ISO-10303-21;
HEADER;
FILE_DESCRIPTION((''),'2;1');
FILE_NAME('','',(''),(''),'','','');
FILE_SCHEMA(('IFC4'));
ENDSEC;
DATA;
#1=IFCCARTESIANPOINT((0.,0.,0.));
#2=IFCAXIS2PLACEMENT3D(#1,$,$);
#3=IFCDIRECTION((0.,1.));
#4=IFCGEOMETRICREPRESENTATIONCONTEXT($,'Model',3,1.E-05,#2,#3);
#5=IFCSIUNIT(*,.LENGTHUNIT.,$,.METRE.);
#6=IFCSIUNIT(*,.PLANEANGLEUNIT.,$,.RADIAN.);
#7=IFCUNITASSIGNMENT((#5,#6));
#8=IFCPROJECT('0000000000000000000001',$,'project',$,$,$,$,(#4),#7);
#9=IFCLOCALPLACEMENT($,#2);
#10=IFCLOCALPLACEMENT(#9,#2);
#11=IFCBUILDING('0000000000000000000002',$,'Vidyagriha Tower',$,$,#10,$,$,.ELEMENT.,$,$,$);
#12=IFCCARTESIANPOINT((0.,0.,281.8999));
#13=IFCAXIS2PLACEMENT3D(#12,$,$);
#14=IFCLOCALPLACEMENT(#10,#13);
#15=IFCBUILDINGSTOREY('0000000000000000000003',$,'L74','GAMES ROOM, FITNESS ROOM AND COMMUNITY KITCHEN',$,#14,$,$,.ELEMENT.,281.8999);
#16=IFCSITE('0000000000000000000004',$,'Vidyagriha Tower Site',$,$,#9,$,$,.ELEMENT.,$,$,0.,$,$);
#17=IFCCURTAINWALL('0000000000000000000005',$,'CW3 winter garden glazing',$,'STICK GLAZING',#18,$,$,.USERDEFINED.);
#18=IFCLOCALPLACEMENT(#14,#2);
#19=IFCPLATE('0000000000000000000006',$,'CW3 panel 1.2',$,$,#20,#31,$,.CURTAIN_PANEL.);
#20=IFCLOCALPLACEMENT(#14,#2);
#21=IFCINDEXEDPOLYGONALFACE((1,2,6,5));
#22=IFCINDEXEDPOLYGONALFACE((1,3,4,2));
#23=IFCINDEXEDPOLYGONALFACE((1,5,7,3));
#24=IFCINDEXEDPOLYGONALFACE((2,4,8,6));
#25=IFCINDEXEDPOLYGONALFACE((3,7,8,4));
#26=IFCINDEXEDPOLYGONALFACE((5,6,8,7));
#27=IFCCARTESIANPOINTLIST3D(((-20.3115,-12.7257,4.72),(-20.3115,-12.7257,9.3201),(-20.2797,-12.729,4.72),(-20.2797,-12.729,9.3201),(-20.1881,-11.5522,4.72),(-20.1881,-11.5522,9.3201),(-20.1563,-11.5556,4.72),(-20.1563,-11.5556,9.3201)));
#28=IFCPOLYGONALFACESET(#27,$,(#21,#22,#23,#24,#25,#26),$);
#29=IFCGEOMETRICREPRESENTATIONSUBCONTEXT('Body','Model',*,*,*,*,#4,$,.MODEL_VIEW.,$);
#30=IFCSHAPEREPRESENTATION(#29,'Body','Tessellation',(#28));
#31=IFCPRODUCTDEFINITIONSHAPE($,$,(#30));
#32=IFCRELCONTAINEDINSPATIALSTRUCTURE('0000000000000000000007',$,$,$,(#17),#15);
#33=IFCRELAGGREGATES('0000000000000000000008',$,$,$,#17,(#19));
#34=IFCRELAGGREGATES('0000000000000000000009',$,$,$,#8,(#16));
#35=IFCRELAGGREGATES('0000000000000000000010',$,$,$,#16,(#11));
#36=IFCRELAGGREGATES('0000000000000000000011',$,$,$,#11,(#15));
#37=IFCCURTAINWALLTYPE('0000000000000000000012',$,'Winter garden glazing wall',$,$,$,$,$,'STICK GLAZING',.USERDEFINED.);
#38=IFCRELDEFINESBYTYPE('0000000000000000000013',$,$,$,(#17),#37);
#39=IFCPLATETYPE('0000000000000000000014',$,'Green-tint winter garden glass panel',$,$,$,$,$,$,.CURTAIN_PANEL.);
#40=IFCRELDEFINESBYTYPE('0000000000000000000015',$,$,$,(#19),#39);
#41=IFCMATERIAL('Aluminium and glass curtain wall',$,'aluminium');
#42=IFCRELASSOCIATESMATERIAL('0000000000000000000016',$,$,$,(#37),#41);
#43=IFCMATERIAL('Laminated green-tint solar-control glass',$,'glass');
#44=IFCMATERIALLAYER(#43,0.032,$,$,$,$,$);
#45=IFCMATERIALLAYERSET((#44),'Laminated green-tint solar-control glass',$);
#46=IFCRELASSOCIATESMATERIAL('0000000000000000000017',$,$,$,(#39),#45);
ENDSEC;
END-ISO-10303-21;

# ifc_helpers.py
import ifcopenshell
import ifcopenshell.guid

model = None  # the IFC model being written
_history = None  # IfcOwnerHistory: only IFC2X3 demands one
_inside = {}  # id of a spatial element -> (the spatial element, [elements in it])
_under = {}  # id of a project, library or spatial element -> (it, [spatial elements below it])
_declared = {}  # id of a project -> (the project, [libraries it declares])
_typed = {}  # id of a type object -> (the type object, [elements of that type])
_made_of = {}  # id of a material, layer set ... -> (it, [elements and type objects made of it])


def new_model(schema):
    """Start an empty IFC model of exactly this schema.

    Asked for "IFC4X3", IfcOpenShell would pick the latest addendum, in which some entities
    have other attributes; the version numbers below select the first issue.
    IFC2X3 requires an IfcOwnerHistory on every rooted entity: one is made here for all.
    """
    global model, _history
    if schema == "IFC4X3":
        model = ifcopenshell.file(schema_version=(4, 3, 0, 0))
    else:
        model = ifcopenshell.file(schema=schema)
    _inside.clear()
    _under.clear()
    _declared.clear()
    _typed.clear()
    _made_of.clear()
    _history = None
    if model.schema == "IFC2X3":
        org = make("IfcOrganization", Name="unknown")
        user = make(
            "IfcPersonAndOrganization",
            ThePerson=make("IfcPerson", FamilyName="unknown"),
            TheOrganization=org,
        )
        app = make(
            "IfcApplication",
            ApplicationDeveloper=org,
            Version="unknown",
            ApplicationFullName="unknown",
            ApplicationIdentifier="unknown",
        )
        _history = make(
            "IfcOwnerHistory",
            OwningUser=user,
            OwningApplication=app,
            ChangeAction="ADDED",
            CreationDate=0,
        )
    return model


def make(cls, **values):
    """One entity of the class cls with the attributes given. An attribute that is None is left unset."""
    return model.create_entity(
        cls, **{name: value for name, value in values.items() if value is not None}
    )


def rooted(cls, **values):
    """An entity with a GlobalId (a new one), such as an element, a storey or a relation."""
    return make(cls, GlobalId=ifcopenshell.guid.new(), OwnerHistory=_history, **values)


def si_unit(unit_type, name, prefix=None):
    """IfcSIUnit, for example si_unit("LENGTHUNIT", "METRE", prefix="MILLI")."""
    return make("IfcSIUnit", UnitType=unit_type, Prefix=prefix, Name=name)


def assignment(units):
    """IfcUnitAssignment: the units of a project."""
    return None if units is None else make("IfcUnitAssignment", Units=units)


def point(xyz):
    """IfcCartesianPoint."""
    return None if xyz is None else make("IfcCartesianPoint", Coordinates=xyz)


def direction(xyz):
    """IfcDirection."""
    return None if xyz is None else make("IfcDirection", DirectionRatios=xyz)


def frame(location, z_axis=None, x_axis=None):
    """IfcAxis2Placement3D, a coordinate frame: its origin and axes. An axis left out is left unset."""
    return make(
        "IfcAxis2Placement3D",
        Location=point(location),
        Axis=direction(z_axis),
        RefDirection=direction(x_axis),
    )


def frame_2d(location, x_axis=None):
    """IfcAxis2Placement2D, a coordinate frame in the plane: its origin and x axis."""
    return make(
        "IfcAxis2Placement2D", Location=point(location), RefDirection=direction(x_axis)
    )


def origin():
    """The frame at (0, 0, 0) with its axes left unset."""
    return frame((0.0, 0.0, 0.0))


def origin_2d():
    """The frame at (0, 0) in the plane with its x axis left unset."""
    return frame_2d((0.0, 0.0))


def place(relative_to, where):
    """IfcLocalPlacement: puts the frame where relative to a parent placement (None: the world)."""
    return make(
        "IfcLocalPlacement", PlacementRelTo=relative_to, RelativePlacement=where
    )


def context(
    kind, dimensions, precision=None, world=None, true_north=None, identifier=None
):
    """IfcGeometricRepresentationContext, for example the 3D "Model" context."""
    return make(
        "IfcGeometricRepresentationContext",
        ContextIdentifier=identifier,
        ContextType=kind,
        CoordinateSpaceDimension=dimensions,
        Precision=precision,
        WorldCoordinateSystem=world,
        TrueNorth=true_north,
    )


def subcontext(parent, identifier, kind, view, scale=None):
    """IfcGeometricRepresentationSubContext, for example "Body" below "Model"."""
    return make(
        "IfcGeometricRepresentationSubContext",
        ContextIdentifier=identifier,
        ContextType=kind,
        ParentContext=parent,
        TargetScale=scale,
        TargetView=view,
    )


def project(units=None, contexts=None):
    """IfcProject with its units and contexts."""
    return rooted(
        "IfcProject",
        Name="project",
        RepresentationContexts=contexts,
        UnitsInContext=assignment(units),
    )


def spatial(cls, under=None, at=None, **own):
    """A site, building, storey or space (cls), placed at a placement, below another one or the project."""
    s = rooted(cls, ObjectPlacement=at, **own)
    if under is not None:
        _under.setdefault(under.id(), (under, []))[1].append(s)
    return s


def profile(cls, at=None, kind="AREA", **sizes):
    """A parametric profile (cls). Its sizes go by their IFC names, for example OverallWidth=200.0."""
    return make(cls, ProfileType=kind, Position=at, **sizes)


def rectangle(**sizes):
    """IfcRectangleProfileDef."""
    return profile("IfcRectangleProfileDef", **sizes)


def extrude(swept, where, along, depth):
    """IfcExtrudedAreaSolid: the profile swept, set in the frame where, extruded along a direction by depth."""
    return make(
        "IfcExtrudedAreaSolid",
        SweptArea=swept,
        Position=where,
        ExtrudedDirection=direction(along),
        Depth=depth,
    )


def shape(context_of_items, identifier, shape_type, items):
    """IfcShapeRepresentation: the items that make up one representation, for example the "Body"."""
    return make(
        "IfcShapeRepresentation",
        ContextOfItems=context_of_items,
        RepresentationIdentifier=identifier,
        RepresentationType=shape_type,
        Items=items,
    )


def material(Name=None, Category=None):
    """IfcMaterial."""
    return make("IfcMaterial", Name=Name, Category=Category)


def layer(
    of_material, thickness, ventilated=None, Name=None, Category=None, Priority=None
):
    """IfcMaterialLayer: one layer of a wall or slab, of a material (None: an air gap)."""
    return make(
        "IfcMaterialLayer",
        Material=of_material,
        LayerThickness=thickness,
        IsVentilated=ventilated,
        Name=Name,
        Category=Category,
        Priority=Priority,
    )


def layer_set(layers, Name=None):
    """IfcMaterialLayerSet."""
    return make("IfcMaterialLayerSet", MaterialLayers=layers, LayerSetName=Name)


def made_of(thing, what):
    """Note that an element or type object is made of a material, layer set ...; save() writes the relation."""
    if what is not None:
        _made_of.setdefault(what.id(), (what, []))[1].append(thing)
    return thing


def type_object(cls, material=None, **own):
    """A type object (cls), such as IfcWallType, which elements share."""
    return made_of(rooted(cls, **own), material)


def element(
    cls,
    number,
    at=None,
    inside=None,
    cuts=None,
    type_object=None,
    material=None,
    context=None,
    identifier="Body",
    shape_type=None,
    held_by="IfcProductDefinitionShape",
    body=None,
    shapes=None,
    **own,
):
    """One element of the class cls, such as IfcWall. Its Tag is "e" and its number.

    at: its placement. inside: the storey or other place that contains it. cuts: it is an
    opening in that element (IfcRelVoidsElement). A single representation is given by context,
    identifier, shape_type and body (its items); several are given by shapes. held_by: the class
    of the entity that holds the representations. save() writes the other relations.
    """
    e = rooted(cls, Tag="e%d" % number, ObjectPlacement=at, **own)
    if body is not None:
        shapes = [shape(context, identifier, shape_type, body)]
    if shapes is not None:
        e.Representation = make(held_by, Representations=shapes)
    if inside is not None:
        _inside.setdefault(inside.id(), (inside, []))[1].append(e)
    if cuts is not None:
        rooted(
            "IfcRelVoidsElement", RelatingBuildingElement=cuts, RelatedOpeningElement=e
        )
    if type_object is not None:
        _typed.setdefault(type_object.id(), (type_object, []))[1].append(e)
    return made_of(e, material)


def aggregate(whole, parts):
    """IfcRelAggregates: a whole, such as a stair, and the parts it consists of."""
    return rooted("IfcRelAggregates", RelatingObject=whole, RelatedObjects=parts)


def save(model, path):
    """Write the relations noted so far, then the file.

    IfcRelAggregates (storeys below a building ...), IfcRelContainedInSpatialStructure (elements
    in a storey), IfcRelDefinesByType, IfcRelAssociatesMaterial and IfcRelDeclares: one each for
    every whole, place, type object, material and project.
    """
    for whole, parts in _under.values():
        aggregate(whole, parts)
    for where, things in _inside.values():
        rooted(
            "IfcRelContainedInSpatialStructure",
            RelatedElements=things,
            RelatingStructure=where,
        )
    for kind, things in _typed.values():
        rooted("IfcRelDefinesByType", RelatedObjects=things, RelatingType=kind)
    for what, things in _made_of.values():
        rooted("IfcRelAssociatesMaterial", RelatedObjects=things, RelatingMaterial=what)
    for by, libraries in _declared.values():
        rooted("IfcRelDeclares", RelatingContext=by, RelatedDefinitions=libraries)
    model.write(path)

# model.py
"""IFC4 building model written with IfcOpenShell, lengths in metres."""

from ifc_helpers import new_model, si_unit, direction, frame, origin, origin_2d, place, context, subcontext, project, spatial, rectangle, extrude, material, layer, layer_set, type_object, element, aggregate, save


model = new_model("IFC4")

# Units and contexts
model_context = context("Model", 3, precision=1e-05, world=origin(), true_north=direction((0.0, 1.0)))
body_context = subcontext(model_context, "Body", "Model", "MODEL_VIEW")
ifc_project = project(units=[si_unit("LENGTHUNIT", "METRE"), si_unit("PLANEANGLEUNIT", "RADIAN")], contexts=[model_context])

# Site, building, storey
site_placement = place(None, origin())
site = spatial("IfcSite", under=ifc_project, at=site_placement, Name="Vidyagriha Tower Site", CompositionType="ELEMENT", RefElevation=0.0)
building_placement = place(site_placement, origin())
building = spatial("IfcBuilding", under=site, at=building_placement, Name="Vidyagriha Tower", CompositionType="ELEMENT")
storey_placement = place(building_placement, frame((0.0, 0.0, 281.8999)))
storey = spatial("IfcBuildingStorey", under=building, at=storey_placement, Name="L74", Description="GAMES ROOM, FITNESS ROOM AND COMMUNITY KITCHEN", CompositionType="ELEMENT", Elevation=281.8999)

# Shared definitions
ifc_material_1 = material(Name="Aluminium and glass curtain wall", Category="aluminium")
curtain_wall_type = type_object("IfcCurtainWallType", Name="Winter garden glazing wall", ElementType="STICK GLAZING", PredefinedType="USERDEFINED", material=ifc_material_1)

# Curtain wall
curtain_wall_1_placement = place(storey_placement, origin())
curtain_wall_1 = element("IfcCurtainWall", 1, at=curtain_wall_1_placement, inside=storey, type_object=curtain_wall_type, Name="CW3 winter garden glazing", ObjectType="STICK GLAZING", PredefinedType="USERDEFINED")

# Plate
ifc_material_2 = material(Name="Laminated green-tint solar-control glass", Category="glass")
ifc_layer = layer(ifc_material_2, 0.032)
ifc_layer_set = layer_set([ifc_layer], Name="Laminated green-tint solar-control glass")
plate_type = type_object("IfcPlateType", Name="Green-tint winter garden glass panel", PredefinedType="CURTAIN_PANEL", material=ifc_layer_set)
plate_1_placement = place(storey_placement, frame((-20.2339, -12.1406, 4.72), z_axis=(0.0, 0.0, 1.0), x_axis=(-0.104557, -0.994519, 0.0)))
plate_1 = element("IfcPlate", 2, at=plate_1_placement, type_object=plate_type, Name="CW3 panel 1.2", PredefinedType="CURTAIN_PANEL", context=body_context, shape_type="SweptSolid", body=[
    extrude(rectangle(XDim=1.1799, YDim=0.032, at=origin_2d()), origin(), (0.0, 0.0, 1.0), 4.6001),
])
aggregate(curtain_wall_1, [plate_1])

save(model, "model.ifc")
